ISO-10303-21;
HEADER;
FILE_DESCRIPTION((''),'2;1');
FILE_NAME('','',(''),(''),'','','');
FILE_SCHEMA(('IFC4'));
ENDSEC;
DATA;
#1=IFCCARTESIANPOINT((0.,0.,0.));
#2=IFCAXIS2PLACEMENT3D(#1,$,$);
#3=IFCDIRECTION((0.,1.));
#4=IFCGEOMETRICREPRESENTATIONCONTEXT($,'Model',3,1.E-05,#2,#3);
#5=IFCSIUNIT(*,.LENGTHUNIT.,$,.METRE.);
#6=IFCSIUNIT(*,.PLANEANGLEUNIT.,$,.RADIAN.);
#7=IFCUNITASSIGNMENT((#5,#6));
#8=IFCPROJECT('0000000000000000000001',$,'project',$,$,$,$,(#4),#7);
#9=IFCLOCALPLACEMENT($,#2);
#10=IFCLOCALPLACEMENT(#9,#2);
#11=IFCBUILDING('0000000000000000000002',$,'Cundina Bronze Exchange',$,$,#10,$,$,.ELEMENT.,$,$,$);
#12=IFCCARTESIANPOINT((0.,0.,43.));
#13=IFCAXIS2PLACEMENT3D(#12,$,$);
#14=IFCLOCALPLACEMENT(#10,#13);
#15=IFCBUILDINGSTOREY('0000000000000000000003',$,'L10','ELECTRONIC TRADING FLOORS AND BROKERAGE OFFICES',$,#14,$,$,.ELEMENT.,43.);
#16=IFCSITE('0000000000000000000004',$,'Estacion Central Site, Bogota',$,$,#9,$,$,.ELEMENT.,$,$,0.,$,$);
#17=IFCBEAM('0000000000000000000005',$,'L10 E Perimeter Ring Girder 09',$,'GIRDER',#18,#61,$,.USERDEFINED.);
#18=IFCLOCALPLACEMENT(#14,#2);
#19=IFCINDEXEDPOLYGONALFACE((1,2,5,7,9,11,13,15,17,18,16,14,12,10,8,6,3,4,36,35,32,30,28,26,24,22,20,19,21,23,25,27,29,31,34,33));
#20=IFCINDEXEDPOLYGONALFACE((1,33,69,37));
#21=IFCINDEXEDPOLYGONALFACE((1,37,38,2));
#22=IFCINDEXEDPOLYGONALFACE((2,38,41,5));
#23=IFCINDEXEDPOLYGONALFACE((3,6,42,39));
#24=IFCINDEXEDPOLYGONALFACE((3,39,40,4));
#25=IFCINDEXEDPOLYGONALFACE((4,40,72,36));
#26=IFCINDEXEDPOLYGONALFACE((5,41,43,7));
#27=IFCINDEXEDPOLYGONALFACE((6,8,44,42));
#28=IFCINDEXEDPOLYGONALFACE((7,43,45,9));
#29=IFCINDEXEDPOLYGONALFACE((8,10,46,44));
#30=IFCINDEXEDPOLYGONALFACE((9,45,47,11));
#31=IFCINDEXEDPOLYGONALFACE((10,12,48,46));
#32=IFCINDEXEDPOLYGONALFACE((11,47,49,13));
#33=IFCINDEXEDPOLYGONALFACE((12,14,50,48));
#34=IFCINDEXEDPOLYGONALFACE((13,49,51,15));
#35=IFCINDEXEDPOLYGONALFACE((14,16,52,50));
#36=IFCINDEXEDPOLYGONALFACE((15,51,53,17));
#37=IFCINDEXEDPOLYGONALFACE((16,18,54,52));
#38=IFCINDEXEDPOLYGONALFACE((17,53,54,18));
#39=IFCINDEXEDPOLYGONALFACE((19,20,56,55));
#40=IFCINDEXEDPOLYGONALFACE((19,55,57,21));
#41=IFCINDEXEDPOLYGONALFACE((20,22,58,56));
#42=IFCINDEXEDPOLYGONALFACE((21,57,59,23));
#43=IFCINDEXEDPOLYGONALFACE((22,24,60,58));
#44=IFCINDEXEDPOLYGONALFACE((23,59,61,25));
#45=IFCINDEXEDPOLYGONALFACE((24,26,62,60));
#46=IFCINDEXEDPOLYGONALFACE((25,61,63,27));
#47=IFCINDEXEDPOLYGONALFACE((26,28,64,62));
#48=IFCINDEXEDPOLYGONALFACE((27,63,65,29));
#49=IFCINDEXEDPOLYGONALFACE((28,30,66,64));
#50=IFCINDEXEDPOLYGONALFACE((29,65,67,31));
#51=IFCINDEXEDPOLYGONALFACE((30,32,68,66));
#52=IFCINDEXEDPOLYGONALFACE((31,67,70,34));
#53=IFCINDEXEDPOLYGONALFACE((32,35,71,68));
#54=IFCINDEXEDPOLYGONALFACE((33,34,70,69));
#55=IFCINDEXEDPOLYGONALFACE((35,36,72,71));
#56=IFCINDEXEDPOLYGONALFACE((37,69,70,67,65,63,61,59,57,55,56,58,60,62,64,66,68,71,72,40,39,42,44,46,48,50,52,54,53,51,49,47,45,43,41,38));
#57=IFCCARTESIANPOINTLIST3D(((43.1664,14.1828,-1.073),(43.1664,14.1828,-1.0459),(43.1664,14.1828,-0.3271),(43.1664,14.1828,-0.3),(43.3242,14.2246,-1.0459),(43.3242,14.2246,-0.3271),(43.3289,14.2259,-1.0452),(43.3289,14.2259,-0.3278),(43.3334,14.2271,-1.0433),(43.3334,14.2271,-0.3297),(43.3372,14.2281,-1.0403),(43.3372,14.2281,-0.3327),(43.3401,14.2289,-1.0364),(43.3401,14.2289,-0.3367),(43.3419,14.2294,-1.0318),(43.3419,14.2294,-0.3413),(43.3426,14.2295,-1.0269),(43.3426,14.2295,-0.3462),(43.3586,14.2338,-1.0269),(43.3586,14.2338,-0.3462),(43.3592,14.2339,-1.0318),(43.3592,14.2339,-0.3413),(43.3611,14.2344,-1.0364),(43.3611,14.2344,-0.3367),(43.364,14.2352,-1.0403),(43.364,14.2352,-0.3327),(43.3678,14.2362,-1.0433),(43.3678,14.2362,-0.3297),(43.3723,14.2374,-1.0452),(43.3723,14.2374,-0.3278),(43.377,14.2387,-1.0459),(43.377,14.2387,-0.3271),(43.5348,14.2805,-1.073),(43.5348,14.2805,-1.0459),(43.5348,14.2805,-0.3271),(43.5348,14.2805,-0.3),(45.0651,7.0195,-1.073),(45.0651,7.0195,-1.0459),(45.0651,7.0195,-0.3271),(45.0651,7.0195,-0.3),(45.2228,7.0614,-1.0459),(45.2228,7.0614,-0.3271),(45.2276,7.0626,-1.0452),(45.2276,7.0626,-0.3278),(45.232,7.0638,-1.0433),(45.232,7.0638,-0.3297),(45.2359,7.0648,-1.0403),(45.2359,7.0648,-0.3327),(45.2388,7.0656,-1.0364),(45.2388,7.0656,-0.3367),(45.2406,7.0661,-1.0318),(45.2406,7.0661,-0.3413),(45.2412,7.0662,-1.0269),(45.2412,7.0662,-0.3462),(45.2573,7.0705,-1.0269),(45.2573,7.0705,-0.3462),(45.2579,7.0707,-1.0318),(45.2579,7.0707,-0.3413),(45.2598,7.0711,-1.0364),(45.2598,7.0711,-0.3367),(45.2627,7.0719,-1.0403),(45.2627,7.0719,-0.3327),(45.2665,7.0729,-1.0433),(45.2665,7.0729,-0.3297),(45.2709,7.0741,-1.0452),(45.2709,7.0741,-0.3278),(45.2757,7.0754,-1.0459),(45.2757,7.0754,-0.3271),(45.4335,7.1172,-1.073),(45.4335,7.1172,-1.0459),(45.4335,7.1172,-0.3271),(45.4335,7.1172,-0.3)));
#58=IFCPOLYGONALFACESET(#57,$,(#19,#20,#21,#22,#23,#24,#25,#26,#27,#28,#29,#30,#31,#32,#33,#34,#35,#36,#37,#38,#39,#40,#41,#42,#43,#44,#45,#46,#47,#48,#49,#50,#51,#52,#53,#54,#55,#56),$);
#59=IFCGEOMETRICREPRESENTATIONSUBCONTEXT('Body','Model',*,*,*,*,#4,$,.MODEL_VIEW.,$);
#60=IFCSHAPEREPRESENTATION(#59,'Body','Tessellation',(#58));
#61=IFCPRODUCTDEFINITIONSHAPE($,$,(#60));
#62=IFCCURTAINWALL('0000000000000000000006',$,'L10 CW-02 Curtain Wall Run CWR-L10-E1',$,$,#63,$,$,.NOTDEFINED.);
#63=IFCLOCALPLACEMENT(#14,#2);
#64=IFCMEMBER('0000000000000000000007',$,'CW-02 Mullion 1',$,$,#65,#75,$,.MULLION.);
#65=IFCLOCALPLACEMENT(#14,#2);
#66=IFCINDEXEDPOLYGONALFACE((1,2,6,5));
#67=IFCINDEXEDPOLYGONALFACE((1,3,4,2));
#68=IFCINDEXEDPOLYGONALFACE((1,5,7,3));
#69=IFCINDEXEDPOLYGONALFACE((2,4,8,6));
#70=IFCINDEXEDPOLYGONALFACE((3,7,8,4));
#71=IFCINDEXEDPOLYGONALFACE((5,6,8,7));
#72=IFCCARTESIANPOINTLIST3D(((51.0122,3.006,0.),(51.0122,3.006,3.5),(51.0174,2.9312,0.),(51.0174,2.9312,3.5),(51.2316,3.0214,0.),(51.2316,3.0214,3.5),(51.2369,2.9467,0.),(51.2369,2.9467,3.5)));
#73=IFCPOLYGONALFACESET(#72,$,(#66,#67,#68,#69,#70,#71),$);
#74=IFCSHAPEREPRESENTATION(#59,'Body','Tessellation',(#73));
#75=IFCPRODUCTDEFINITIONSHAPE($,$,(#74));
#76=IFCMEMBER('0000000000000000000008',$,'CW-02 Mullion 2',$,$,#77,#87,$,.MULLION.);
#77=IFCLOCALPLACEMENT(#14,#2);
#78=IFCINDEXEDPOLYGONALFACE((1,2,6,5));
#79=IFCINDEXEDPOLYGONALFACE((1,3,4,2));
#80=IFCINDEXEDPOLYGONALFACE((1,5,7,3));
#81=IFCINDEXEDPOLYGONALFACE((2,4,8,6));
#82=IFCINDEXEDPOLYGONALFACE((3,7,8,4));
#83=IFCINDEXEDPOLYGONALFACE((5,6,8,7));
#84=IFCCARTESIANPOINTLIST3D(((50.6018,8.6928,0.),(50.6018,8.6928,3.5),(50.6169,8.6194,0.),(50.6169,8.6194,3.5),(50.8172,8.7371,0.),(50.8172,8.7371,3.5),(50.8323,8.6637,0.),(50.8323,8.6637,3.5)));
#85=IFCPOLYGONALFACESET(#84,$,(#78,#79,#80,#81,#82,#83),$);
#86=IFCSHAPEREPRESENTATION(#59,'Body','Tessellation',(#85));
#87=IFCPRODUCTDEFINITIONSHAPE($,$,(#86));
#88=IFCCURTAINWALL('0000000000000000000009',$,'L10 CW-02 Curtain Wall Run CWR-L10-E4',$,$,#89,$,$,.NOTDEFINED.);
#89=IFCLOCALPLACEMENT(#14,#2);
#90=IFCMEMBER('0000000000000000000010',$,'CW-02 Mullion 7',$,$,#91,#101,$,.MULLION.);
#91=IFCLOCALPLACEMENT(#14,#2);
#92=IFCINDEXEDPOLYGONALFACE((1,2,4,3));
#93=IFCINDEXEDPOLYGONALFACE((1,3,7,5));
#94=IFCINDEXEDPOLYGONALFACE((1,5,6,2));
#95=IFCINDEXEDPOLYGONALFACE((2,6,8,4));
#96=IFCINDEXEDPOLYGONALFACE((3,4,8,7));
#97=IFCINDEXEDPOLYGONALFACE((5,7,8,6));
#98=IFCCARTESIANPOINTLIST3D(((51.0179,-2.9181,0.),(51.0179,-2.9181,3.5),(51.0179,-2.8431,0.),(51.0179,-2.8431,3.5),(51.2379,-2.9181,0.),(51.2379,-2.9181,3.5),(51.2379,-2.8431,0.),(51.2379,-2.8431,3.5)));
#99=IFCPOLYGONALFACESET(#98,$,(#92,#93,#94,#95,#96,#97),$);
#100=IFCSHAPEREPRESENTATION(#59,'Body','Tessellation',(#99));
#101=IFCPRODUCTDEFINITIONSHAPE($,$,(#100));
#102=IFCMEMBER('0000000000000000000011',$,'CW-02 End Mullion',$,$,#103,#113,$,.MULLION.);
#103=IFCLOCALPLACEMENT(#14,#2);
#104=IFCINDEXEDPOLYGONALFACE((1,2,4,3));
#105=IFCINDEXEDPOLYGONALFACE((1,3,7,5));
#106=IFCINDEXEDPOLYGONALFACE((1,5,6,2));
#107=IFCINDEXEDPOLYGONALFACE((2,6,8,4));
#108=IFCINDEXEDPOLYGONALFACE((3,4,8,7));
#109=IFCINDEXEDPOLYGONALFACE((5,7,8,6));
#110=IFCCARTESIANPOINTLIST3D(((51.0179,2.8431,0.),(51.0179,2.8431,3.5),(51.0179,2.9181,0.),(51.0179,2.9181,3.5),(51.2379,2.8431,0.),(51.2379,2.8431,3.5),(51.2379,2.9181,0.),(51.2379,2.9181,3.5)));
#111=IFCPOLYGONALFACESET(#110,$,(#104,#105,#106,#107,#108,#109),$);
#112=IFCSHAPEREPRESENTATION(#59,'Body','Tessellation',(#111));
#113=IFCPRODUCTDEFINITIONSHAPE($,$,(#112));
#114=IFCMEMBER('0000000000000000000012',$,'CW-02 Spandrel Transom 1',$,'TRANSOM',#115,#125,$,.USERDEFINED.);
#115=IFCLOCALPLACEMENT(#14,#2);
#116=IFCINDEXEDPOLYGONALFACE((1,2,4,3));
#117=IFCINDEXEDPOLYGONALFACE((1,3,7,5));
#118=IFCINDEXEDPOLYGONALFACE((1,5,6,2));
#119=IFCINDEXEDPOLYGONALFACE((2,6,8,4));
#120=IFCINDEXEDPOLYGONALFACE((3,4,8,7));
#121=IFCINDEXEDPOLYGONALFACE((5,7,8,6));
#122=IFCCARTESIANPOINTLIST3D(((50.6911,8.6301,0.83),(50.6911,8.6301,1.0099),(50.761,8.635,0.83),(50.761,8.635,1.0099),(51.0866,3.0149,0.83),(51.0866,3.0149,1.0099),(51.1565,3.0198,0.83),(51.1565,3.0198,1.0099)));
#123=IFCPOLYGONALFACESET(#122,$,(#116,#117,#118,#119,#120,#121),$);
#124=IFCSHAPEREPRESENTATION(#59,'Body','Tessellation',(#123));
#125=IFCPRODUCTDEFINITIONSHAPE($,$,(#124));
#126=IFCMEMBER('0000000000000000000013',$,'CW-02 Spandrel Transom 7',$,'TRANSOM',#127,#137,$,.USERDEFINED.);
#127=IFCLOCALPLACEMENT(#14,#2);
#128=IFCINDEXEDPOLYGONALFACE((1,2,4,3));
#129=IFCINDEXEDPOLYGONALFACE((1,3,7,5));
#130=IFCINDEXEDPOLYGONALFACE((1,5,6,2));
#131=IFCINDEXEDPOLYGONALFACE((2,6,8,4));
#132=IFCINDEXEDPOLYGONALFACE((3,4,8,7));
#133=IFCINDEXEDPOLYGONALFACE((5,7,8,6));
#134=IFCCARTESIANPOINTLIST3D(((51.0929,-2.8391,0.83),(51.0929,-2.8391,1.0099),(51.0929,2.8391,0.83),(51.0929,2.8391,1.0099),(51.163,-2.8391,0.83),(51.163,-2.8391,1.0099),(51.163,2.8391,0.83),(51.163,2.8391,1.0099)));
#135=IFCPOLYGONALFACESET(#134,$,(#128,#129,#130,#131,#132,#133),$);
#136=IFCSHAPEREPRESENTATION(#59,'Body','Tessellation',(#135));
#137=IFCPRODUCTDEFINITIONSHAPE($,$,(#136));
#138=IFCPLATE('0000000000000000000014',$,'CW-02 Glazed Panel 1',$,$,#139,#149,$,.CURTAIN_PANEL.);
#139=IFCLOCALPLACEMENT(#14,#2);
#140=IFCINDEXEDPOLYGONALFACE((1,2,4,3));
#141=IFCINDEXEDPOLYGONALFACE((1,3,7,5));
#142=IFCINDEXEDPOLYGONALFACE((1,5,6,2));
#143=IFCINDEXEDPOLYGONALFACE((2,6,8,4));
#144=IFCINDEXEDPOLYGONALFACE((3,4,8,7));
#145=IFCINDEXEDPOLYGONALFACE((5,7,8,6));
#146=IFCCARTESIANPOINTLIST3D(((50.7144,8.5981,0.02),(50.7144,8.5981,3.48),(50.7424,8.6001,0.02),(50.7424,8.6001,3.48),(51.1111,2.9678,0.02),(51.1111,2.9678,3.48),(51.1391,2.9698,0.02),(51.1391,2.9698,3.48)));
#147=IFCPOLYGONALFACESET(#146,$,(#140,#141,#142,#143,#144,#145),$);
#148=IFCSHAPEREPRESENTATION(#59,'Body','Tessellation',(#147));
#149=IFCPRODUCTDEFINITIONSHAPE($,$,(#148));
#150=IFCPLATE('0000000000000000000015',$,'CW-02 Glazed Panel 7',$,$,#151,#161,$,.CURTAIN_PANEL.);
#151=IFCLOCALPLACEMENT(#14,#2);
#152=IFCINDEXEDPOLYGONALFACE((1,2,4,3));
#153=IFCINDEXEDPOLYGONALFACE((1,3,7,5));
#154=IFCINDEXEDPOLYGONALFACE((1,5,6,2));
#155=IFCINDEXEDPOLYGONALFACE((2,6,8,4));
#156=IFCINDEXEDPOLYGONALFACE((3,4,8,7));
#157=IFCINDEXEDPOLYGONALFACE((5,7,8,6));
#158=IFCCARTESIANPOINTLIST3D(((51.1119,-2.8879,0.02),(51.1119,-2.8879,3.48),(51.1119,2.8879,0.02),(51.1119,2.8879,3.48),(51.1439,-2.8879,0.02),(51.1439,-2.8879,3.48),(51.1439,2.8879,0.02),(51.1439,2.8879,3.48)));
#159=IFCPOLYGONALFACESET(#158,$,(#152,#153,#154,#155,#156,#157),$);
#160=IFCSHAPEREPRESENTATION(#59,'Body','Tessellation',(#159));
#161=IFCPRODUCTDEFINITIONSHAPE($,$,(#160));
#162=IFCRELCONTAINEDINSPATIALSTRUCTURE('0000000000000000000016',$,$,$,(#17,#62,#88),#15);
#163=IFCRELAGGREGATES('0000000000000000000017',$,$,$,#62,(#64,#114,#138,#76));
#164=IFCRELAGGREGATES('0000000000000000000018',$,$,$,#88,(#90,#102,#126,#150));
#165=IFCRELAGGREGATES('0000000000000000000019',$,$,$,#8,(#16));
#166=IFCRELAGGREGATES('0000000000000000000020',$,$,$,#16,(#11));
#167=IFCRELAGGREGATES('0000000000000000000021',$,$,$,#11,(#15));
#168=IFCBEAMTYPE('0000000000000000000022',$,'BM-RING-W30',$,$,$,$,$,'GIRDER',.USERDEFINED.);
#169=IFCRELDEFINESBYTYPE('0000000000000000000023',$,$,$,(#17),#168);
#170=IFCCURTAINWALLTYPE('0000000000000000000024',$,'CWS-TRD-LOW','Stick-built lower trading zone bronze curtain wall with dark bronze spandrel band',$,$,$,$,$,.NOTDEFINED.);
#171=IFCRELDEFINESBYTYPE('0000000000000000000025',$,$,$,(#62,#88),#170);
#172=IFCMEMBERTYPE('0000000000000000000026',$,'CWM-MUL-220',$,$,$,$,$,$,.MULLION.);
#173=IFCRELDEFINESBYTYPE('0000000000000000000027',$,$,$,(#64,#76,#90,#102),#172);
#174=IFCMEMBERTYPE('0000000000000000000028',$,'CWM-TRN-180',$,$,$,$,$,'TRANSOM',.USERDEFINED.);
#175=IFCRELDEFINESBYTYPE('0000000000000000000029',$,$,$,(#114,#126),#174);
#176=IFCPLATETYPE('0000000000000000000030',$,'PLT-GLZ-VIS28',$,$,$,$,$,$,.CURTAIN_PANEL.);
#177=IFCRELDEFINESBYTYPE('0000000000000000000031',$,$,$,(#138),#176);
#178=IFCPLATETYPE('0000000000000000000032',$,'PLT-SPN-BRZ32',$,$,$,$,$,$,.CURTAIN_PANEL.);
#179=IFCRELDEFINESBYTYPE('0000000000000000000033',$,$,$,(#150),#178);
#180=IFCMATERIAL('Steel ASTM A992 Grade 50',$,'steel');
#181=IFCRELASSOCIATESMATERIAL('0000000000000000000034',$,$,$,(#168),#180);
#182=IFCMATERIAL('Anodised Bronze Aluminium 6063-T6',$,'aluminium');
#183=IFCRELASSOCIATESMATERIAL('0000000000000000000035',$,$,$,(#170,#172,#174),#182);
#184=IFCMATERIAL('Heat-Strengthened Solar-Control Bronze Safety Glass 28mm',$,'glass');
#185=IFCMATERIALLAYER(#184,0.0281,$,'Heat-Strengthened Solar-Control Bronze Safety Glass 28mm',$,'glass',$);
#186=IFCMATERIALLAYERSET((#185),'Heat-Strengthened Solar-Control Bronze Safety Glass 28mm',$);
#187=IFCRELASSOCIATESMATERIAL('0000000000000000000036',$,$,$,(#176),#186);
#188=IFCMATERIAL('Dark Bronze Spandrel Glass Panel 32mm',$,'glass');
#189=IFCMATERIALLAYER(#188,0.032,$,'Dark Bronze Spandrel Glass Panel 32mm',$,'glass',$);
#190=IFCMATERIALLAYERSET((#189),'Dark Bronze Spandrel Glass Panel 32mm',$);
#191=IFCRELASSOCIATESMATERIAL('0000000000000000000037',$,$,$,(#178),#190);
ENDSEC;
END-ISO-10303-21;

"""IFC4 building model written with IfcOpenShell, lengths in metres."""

from ifc_helpers import new_model, si_unit, direction, frame, origin, origin_2d, place, context, subcontext, project, spatial, rectangle, i_section, extrude, material, layer, layer_set, material_profile, profile_set, type_object, element, aggregate, save


model = new_model("IFC4")

# Units and contexts
model_context = context("Model", 3, precision=1e-05, world=origin(), true_north=direction((0.0, 1.0)))
body_context = subcontext(model_context, "Body", "Model", "MODEL_VIEW")
ifc_project = project(units=[si_unit("LENGTHUNIT", "METRE"), si_unit("PLANEANGLEUNIT", "RADIAN")], contexts=[model_context])

# Site, building, storey
site_placement = place(None, origin())
site = spatial("IfcSite", under=ifc_project, at=site_placement, Name="Estacion Central Site, Bogota", CompositionType="ELEMENT", RefElevation=0.0)
building_placement = place(site_placement, origin())
building = spatial("IfcBuilding", under=site, at=building_placement, Name="Cundina Bronze Exchange", CompositionType="ELEMENT")
storey_placement = place(building_placement, frame((0.0, 0.0, 43.0)))
storey = spatial("IfcBuildingStorey", under=building, at=storey_placement, Name="L10", Description="ELECTRONIC TRADING FLOORS AND BROKERAGE OFFICES", CompositionType="ELEMENT", Elevation=43.0)

# Shared definitions
ifc_material_1 = material(Name="Steel ASTM A992 Grade 50", Category="steel")

# Beam
ifc_material_profile_1 = material_profile(ifc_material_1, i_section(OverallWidth=0.3811, OverallDepth=0.7729, WebThickness=0.0166, FlangeThickness=0.0271, FilletRadius=0.019, at=origin_2d()), Name="W30X173", Category="steel")
ifc_profile_set_1 = profile_set([ifc_material_profile_1], Name="Steel ASTM A992 Grade 50")
beam_type_1 = type_object("IfcBeamType", Name="BM-RING-W30", ElementType="GIRDER", PredefinedType="USERDEFINED", material=ifc_profile_set_1)
for number, where, z_axis, x_axis, name in (
    (1, (45.2493, 7.0684, -0.6865), (-0.256209, 0.966622, 0.0), (-0.966622, -0.256209, 0.0), "L10 E Perimeter Ring Girder 09"),
):
    element("IfcBeam", number, at=place(storey_placement, frame(where, z_axis=z_axis, x_axis=x_axis)), inside=storey, type_object=beam_type_1, Name=name, ObjectType="GIRDER", PredefinedType="USERDEFINED", context=body_context, shape_type="SweptSolid", body=[
        extrude(i_section(OverallWidth=0.3811, OverallDepth=0.7729, WebThickness=0.0166, FlangeThickness=0.0271, FilletRadius=0.019, at=origin_2d()), origin(), (0.0, 0.0, 1.0), 7.4106),
    ])

# Curtain walls, members
ifc_material_2 = material(Name="Anodised Bronze Aluminium 6063-T6", Category="aluminium")
curtain_wall_type = type_object("IfcCurtainWallType", Name="CWS-TRD-LOW", Description="Stick-built lower trading zone bronze curtain wall with dark bronze spandrel band", PredefinedType="NOTDEFINED", material=ifc_material_2)
curtain_wall_1_placement = place(storey_placement, origin())
curtain_wall_1 = element("IfcCurtainWall", 2, at=curtain_wall_1_placement, inside=storey, type_object=curtain_wall_type, Name="L10 CW-02 Curtain Wall Run CWR-L10-E1", PredefinedType="NOTDEFINED")
ifc_material_profile_2 = material_profile(ifc_material_2, rectangle(XDim=0.075, YDim=0.22, at=origin_2d()), Name="AL75X220", Category="aluminium")
ifc_profile_set_2 = profile_set([ifc_material_profile_2], Name="Anodised Bronze Aluminium 6063-T6")
member_type_1 = type_object("IfcMemberType", Name="CWM-MUL-220", PredefinedType="MULLION", material=ifc_profile_set_2)
member_1_placement = place(storey_placement, frame((51.1245, 2.9763, 0.0), z_axis=(0.0, 0.0, 1.0), x_axis=(-0.070279, 0.997527, 0.0)))
member_1 = element("IfcMember", 3, at=member_1_placement, type_object=member_type_1, Name="CW-02 Mullion 1", PredefinedType="MULLION", context=body_context, shape_type="SweptSolid", body=[
    extrude(rectangle(XDim=0.075, YDim=0.22, at=origin_2d()), origin(), (0.0, 0.0, 1.0), 3.5),
])
member_2_placement = place(storey_placement, frame((50.717, 8.6782, 0.0), z_axis=(0.0, 0.0, 1.0), x_axis=(-0.20142, 0.979505, 0.0)))
member_2 = element("IfcMember", 4, at=member_2_placement, type_object=member_type_1, Name="CW-02 Mullion 2", PredefinedType="MULLION", context=body_context, shape_type="SweptSolid", body=[
    extrude(rectangle(XDim=0.075, YDim=0.22, at=origin_2d()), origin(), (0.0, 0.0, 1.0), 3.5),
])
curtain_wall_2_placement = place(storey_placement, origin())
curtain_wall_2 = element("IfcCurtainWall", 5, at=curtain_wall_2_placement, inside=storey, type_object=curtain_wall_type, Name="L10 CW-02 Curtain Wall Run CWR-L10-E4", PredefinedType="NOTDEFINED")
member_3_placement = place(storey_placement, frame((51.1279, -2.8806, 0.0), z_axis=(0.0, 0.0, 1.0), x_axis=(0.0, 1.0, 0.0)))
member_3 = element("IfcMember", 6, at=member_3_placement, type_object=member_type_1, Name="CW-02 Mullion 7", PredefinedType="MULLION", context=body_context, shape_type="SweptSolid", body=[
    extrude(rectangle(XDim=0.075, YDim=0.22, at=origin_2d()), origin(), (0.0, 0.0, 1.0), 3.5),
])
member_4_placement = place(storey_placement, frame((51.1279, 2.8806, 0.0), z_axis=(0.0, 0.0, 1.0), x_axis=(0.0, 1.0, 0.0)))
member_4 = element("IfcMember", 7, at=member_4_placement, type_object=member_type_1, Name="CW-02 End Mullion", PredefinedType="MULLION", context=body_context, shape_type="SweptSolid", body=[
    extrude(rectangle(XDim=0.075, YDim=0.22, at=origin_2d()), origin(), (0.0, 0.0, 1.0), 3.5),
])

# Members
ifc_material_profile_3 = material_profile(ifc_material_2, rectangle(XDim=0.0701, YDim=0.1799, at=origin_2d()), Name="AL70X180", Category="aluminium")
ifc_profile_set_3 = profile_set([ifc_material_profile_3], Name="Anodised Bronze Aluminium 6063-T6")
member_type_2 = type_object("IfcMemberType", Name="CWM-TRN-180", ElementType="TRANSOM", PredefinedType="USERDEFINED", material=ifc_profile_set_3)
member_5_placement = place(storey_placement, frame((51.1216, 3.0173, 0.9199), z_axis=(-0.070261, 0.997529, 0.0), x_axis=(-0.997529, -0.070261, 0.0)))
member_5 = element("IfcMember", 8, at=member_5_placement, type_object=member_type_2, Name="CW-02 Spandrel Transom 1", ObjectType="TRANSOM", PredefinedType="USERDEFINED", context=body_context, shape_type="SweptSolid", body=[
    extrude(rectangle(XDim=0.0701, YDim=0.1799, at=origin_2d()), origin(), (0.0, 0.0, 1.0), 5.6292),
])
member_6_placement = place(storey_placement, frame((51.1279, -2.8391, 0.9199), z_axis=(0.0, 1.0, 0.0), x_axis=(-1.0, 0.0, 0.0)))
member_6 = element("IfcMember", 9, at=member_6_placement, type_object=member_type_2, Name="CW-02 Spandrel Transom 7", ObjectType="TRANSOM", PredefinedType="USERDEFINED", context=body_context, shape_type="SweptSolid", body=[
    extrude(rectangle(XDim=0.0701, YDim=0.1799, at=origin_2d()), origin(), (0.0, 0.0, 1.0), 5.6782),
])

# Plates
ifc_material_3 = material(Name="Heat-Strengthened Solar-Control Bronze Safety Glass 28mm", Category="glass")
ifc_layer_1 = layer(ifc_material_3, 0.0281, Name="Heat-Strengthened Solar-Control Bronze Safety Glass 28mm", Category="glass")
ifc_layer_set_1 = layer_set([ifc_layer_1], Name="Heat-Strengthened Solar-Control Bronze Safety Glass 28mm")
plate_type_1 = type_object("IfcPlateType", Name="PLT-GLZ-VIS28", PredefinedType="CURTAIN_PANEL", material=ifc_layer_set_1)
plate_1_placement = place(storey_placement, frame((50.9268, 5.7839, 0.02), z_axis=(0.0, 0.0, 1.0), x_axis=(-0.070279, 0.997527, 0.0)))
plate_1 = element("IfcPlate", 10, at=plate_1_placement, type_object=plate_type_1, Name="CW-02 Glazed Panel 1", PredefinedType="CURTAIN_PANEL", context=body_context, shape_type="SweptSolid", body=[
    extrude(rectangle(XDim=5.6443, YDim=0.0281, at=origin_2d()), origin(), (0.0, 0.0, 1.0), 3.46),
])
aggregate(curtain_wall_1, [member_1, member_5, plate_1, member_2])
ifc_material_4 = material(Name="Dark Bronze Spandrel Glass Panel 32mm", Category="glass")
ifc_layer_2 = layer(ifc_material_4, 0.032, Name="Dark Bronze Spandrel Glass Panel 32mm", Category="glass")
ifc_layer_set_2 = layer_set([ifc_layer_2], Name="Dark Bronze Spandrel Glass Panel 32mm")
plate_type_2 = type_object("IfcPlateType", Name="PLT-SPN-BRZ32", PredefinedType="CURTAIN_PANEL", material=ifc_layer_set_2)
plate_2_placement = place(storey_placement, frame((51.1279, 0.0, 0.02), z_axis=(0.0, 0.0, 1.0), x_axis=(0.0, 1.0, 0.0)))
plate_2 = element("IfcPlate", 11, at=plate_2_placement, type_object=plate_type_2, Name="CW-02 Glazed Panel 7", PredefinedType="CURTAIN_PANEL", context=body_context, shape_type="SweptSolid", body=[
    extrude(rectangle(XDim=5.7759, YDim=0.032, at=origin_2d()), origin(), (0.0, 0.0, 1.0), 3.46),
])
aggregate(curtain_wall_2, [member_3, member_4, member_6, plate_2])

save(model, "model.ifc")
